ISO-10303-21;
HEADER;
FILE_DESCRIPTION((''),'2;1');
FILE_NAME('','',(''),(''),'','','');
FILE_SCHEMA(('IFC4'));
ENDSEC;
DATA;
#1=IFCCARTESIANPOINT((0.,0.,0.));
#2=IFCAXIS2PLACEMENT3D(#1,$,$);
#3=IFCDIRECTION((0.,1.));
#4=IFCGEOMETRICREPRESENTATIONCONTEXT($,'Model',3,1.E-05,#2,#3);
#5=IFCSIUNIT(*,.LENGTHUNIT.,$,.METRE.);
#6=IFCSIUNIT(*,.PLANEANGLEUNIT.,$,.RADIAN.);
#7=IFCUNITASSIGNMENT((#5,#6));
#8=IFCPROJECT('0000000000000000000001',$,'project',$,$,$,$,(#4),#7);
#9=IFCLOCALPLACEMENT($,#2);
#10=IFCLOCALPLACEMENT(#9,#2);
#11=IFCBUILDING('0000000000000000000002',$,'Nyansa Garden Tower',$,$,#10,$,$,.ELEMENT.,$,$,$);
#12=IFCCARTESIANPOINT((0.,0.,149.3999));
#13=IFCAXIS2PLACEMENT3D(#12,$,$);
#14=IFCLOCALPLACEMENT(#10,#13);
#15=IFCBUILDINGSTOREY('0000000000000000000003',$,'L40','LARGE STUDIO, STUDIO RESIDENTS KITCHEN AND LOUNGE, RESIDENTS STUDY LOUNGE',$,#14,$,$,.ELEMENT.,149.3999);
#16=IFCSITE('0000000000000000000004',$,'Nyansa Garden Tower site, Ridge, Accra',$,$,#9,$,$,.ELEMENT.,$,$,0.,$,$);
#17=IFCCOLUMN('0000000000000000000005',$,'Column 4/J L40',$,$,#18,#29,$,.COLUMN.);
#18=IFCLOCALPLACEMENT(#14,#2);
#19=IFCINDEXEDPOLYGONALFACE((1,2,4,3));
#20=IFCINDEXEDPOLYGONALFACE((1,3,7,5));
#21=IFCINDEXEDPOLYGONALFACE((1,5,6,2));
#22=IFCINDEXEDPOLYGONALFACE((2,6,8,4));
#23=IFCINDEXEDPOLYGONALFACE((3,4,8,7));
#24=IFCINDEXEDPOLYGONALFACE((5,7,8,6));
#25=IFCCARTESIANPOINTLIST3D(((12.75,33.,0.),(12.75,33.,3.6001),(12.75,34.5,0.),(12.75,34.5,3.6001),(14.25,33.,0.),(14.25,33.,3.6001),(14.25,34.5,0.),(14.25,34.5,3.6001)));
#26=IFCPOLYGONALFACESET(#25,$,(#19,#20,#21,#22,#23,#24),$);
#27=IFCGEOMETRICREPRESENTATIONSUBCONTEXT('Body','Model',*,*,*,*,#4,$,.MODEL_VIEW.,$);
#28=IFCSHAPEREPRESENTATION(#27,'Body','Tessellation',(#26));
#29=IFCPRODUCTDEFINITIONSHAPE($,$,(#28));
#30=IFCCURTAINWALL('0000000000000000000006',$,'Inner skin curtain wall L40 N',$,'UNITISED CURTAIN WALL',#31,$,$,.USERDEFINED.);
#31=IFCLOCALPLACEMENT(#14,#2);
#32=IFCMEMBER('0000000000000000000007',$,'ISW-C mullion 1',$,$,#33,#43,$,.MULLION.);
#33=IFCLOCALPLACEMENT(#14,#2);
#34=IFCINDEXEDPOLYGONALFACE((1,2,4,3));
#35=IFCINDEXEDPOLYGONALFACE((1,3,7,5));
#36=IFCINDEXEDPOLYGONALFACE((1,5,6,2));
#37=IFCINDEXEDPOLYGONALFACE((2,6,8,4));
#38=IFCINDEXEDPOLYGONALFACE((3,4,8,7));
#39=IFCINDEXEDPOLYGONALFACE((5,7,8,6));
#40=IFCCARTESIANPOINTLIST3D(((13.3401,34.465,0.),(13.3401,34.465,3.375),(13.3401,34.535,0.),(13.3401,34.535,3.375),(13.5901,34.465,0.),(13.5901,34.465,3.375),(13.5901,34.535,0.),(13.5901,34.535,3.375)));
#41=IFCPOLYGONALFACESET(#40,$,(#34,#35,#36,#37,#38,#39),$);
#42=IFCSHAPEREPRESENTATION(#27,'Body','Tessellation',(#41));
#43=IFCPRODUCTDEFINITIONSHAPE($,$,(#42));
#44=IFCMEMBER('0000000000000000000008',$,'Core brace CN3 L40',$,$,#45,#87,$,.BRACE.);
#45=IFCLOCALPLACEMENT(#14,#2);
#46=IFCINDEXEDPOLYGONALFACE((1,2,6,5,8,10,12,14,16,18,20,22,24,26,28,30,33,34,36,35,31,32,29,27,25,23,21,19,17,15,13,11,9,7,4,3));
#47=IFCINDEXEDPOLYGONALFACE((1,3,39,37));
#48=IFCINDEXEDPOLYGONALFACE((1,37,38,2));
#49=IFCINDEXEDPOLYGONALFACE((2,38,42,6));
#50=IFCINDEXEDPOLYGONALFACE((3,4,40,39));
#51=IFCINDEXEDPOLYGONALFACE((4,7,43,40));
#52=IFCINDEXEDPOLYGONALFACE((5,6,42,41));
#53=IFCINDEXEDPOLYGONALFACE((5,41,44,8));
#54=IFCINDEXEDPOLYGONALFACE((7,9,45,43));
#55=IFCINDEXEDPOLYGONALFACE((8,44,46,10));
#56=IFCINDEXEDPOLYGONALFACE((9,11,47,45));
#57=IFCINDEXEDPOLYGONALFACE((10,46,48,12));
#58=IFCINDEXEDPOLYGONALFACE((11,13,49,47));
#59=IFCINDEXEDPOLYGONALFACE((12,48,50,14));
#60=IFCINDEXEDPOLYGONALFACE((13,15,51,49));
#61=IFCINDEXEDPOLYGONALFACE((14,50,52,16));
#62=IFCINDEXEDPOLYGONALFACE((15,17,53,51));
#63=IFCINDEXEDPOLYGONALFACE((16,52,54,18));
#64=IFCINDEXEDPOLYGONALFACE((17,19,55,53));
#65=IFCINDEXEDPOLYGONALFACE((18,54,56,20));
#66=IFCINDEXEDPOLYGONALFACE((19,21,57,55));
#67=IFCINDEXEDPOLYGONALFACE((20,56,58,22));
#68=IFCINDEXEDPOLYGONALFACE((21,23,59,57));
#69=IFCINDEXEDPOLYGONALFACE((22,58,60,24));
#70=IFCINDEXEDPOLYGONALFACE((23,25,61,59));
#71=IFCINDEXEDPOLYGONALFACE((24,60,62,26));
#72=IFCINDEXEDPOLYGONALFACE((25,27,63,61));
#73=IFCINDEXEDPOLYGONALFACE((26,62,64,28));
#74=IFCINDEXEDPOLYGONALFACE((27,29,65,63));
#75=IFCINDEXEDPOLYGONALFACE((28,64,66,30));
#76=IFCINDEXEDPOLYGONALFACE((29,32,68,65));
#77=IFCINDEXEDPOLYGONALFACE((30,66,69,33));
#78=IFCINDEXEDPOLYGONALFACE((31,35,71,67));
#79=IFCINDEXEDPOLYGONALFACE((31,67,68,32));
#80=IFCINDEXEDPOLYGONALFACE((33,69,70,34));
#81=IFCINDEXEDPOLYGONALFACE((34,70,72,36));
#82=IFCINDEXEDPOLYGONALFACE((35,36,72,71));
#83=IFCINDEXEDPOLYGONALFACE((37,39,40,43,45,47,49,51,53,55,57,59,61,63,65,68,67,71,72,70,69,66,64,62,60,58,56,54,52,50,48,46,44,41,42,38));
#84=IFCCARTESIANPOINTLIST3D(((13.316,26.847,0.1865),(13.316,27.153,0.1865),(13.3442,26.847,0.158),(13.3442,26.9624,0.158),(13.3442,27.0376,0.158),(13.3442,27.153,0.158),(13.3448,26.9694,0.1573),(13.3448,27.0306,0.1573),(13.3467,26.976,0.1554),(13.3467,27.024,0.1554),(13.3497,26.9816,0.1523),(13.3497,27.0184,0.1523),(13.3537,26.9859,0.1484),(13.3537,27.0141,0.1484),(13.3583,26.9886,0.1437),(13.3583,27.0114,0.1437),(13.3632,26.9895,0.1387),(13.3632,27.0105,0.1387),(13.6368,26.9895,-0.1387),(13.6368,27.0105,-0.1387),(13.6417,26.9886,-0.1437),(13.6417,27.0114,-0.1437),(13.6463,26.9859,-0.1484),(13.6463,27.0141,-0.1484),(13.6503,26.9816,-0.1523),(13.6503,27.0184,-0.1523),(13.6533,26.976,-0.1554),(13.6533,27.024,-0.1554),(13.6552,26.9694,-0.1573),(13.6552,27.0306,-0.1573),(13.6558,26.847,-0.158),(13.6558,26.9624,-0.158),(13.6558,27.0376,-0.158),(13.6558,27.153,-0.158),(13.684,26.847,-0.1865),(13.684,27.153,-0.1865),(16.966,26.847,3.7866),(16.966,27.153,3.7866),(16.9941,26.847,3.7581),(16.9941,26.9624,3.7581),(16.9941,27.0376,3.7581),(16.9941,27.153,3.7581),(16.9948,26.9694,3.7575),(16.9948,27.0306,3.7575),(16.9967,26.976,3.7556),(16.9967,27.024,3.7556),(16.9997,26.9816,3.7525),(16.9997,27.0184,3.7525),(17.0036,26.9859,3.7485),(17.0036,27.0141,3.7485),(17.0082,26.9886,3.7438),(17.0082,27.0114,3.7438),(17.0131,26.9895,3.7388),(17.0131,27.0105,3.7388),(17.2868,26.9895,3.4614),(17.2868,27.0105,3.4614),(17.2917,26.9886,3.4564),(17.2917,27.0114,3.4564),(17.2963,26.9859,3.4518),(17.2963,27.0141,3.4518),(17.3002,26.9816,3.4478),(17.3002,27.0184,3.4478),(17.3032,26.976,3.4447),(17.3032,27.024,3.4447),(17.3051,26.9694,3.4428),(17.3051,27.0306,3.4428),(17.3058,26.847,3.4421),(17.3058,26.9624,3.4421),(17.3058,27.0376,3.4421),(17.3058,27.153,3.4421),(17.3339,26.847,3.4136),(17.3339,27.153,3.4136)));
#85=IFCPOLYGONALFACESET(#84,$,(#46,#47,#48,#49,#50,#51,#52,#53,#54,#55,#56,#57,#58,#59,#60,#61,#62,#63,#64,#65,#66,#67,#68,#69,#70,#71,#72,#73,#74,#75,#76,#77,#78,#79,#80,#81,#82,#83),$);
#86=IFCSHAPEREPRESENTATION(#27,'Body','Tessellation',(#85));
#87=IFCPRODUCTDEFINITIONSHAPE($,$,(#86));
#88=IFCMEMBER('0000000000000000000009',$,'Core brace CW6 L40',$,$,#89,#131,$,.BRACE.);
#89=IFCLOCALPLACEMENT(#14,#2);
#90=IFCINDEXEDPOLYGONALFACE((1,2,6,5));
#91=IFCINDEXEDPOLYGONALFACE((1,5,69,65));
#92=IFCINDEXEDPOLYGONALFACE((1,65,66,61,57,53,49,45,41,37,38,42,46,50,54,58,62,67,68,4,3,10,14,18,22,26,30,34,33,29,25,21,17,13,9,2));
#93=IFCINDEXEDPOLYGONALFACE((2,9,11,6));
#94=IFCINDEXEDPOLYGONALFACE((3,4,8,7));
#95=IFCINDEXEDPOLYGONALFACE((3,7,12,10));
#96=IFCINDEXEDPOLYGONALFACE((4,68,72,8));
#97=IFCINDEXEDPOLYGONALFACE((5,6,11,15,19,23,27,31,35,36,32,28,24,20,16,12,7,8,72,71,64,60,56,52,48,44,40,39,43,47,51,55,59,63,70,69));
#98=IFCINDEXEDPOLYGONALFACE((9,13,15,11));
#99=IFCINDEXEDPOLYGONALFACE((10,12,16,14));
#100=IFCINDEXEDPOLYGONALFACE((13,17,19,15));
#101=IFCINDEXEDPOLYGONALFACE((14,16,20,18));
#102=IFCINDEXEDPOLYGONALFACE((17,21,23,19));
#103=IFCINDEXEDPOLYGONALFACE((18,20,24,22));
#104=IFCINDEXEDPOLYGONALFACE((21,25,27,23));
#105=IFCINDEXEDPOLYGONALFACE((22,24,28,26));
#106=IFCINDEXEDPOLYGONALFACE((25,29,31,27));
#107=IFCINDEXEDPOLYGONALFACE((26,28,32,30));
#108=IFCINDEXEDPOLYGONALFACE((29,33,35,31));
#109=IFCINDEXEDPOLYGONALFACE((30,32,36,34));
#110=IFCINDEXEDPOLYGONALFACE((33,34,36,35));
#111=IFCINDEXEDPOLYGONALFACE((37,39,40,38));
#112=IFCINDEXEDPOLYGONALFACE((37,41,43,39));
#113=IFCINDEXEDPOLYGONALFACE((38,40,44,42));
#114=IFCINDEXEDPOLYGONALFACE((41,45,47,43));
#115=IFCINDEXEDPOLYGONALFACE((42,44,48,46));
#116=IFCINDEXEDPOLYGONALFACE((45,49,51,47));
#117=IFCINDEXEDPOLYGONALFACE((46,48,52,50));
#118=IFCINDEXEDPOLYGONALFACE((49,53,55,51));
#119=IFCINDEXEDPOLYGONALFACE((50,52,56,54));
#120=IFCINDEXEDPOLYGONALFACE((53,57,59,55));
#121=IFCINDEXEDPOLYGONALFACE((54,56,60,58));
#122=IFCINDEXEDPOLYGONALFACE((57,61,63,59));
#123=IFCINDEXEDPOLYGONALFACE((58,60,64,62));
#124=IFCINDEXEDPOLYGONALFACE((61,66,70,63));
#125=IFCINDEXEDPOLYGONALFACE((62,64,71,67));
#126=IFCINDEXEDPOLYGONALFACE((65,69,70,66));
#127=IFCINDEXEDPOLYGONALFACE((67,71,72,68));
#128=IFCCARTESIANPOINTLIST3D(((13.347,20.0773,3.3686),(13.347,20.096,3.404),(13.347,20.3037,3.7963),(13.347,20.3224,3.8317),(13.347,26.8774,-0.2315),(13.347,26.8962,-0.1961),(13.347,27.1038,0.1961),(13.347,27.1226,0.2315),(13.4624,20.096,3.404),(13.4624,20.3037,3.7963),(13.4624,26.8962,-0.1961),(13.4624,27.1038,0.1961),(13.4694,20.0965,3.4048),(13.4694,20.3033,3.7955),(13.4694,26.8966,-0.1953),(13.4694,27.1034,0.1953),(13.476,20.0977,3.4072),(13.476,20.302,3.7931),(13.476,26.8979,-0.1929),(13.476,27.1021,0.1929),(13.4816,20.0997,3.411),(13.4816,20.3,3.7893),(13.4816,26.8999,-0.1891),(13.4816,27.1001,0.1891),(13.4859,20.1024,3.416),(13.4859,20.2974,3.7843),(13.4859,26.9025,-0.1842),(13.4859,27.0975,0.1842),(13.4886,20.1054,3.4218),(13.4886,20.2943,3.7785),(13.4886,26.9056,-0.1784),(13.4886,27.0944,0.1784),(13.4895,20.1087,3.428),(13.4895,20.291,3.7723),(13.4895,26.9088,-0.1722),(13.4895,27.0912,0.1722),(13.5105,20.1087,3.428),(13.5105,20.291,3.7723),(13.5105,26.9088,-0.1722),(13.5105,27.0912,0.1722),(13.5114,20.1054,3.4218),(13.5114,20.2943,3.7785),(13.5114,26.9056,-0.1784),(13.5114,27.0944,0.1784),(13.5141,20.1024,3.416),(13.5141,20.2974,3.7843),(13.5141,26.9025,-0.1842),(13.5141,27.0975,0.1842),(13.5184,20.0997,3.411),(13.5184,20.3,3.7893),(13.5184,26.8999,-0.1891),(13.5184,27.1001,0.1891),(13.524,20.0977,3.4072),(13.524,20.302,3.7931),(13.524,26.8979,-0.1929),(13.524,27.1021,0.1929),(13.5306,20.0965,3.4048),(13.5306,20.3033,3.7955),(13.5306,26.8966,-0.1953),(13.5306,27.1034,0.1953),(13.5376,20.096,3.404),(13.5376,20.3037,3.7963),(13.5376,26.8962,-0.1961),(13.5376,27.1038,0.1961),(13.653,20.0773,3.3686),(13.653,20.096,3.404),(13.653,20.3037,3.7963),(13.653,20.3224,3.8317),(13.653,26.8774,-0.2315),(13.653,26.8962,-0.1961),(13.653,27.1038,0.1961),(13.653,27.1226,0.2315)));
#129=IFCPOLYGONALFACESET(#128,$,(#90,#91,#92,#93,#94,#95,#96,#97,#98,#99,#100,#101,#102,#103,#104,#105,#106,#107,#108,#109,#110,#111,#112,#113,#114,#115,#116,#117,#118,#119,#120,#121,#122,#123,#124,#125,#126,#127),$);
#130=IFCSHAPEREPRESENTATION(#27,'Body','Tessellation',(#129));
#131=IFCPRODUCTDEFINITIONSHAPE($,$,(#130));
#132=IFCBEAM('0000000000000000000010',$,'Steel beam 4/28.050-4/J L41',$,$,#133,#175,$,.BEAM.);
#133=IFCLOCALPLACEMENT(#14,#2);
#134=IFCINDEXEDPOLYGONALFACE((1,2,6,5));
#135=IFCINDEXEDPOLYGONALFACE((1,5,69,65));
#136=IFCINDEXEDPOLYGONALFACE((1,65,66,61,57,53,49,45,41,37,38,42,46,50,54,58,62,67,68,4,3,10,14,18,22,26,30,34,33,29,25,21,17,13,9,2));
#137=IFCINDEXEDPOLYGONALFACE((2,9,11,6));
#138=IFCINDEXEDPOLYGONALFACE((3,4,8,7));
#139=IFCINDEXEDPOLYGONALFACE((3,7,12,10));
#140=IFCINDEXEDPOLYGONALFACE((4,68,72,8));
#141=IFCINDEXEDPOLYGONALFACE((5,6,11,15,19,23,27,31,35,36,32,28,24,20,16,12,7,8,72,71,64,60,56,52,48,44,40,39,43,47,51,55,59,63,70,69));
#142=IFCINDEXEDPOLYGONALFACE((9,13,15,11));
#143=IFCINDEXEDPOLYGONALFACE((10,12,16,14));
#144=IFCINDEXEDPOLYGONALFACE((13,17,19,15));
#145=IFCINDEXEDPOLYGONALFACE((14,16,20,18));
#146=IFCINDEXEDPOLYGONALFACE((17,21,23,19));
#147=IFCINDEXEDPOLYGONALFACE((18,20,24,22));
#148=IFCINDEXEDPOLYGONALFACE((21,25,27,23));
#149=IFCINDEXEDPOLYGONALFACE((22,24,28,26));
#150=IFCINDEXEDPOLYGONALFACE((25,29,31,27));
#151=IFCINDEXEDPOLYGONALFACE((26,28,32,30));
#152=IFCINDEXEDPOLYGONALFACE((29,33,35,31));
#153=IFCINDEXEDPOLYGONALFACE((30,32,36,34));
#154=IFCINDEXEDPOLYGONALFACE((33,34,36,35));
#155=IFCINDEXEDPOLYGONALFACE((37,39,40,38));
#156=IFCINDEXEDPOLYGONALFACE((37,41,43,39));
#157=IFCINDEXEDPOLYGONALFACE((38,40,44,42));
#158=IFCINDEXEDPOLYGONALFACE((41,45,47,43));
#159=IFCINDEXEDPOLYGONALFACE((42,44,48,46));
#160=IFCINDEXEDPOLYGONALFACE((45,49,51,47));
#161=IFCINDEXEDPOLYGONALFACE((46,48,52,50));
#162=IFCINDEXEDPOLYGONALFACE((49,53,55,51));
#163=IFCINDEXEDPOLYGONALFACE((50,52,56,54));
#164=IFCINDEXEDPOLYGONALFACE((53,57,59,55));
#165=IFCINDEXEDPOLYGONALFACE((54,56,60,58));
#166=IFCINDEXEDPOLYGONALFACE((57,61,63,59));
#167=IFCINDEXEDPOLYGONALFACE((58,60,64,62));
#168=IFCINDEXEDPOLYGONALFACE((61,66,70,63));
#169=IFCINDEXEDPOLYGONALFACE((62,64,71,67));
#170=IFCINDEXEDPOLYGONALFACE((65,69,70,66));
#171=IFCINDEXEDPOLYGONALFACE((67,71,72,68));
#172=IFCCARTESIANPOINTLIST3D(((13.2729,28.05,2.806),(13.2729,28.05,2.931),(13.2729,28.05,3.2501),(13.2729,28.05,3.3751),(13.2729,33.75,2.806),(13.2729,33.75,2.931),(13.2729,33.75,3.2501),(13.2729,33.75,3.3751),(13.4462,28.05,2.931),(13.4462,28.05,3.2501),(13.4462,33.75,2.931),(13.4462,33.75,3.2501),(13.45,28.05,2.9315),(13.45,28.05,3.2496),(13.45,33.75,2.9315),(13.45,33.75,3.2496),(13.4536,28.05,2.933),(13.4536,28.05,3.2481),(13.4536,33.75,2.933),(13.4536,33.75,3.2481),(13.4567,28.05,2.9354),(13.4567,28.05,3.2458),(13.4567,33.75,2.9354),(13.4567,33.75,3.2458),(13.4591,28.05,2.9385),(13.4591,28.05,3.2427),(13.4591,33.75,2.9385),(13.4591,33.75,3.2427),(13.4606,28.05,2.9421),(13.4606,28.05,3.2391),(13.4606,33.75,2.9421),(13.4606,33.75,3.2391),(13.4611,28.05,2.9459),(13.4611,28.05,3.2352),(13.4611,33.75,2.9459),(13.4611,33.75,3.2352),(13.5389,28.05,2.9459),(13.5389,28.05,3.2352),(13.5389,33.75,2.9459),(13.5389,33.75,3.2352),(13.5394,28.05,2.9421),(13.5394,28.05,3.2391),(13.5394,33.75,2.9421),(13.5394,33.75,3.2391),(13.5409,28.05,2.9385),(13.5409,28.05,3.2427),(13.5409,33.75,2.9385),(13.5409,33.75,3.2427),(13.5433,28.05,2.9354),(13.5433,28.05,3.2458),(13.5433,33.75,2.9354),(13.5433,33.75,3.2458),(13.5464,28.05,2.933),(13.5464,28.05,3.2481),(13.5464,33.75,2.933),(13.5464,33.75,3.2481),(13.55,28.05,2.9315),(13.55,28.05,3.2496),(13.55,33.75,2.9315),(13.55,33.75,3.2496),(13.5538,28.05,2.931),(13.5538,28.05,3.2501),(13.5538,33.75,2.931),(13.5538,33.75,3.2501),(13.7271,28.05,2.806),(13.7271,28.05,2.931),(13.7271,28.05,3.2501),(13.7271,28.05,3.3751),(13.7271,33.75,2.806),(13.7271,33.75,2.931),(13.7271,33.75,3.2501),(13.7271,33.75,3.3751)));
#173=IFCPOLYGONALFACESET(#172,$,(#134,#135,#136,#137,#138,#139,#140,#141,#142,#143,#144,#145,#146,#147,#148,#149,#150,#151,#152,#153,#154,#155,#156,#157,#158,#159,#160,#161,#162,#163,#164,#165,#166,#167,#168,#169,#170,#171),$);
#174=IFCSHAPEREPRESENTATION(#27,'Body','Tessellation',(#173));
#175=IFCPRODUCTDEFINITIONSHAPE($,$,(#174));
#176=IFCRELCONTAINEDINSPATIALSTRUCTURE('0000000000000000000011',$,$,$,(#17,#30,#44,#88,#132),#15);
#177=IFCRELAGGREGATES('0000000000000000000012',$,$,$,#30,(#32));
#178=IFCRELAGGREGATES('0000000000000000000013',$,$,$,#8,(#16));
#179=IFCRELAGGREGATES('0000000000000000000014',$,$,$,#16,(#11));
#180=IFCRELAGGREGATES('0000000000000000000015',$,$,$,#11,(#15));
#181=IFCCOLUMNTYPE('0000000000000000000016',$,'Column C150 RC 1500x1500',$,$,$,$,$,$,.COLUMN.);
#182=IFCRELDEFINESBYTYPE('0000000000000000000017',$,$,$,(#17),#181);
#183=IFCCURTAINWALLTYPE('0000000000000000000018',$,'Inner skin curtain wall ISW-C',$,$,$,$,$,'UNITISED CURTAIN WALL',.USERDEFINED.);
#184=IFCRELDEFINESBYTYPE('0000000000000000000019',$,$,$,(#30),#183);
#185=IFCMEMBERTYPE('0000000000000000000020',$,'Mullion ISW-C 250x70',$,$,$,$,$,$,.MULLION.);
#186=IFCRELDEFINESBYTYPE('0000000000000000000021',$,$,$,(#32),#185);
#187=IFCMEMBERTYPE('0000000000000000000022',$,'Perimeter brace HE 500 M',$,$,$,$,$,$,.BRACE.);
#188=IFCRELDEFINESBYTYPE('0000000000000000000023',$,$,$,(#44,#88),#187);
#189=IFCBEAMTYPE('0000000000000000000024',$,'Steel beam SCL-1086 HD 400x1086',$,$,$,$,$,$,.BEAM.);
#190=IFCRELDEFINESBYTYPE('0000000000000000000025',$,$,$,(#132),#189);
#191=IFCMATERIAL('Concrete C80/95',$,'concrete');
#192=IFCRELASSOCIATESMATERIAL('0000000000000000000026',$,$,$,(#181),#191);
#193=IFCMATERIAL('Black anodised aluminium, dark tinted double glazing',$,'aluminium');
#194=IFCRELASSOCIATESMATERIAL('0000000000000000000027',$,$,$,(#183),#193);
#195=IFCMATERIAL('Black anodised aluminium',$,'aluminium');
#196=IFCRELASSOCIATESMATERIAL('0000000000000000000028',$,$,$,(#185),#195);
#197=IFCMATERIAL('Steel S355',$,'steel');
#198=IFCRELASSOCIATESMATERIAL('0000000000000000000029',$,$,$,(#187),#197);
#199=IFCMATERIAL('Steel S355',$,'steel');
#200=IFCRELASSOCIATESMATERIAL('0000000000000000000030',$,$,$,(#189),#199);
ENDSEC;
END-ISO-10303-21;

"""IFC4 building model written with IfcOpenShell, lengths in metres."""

from ifc_helpers import new_model, si_unit, direction, frame, origin, origin_2d, place, context, subcontext, project, spatial, rectangle, i_section, extrude, material, material_profile, profile_set, type_object, element, aggregate, save


model = new_model("IFC4")

# Units and contexts
model_context = context("Model", 3, precision=1e-05, world=origin(), true_north=direction((0.0, 1.0)))
body_context = subcontext(model_context, "Body", "Model", "MODEL_VIEW")
ifc_project = project(units=[si_unit("LENGTHUNIT", "METRE"), si_unit("PLANEANGLEUNIT", "RADIAN")], contexts=[model_context])

# Site, building, storey
site_placement = place(None, origin())
site = spatial("IfcSite", under=ifc_project, at=site_placement, Name="Nyansa Garden Tower site, Ridge, Accra", CompositionType="ELEMENT", RefElevation=0.0)
building_placement = place(site_placement, origin())
building = spatial("IfcBuilding", under=site, at=building_placement, Name="Nyansa Garden Tower", CompositionType="ELEMENT")
storey_placement = place(building_placement, frame((0.0, 0.0, 149.3999)))
storey = spatial("IfcBuildingStorey", under=building, at=storey_placement, Name="L40", Description="LARGE STUDIO, STUDIO RESIDENTS KITCHEN AND LOUNGE, RESIDENTS STUDY LOUNGE", CompositionType="ELEMENT", Elevation=149.3999)

# Column
ifc_material_1 = material(Name="Concrete C80/95", Category="concrete")
ifc_material_profile_1 = material_profile(ifc_material_1, rectangle(XDim=1.5, YDim=1.5, at=origin_2d()), Name="RC 1500x1500")
ifc_profile_set_1 = profile_set([ifc_material_profile_1], Name="Concrete C80/95")
column_type = type_object("IfcColumnType", Name="Column C150 RC 1500x1500", PredefinedType="COLUMN", material=ifc_profile_set_1)
column_placement = place(storey_placement, frame((13.5, 33.75, 0.0), z_axis=(0.0, 0.0, 1.0), x_axis=(1.0, 0.0, 0.0)))
element("IfcColumn", 1, at=column_placement, inside=storey, type_object=column_type, Name="Column 4/J L40", PredefinedType="COLUMN", context=body_context, shape_type="SweptSolid", body=[
    extrude(rectangle(XDim=1.5, YDim=1.5, at=origin_2d()), origin(), (0.0, 0.0, 1.0), 3.6001),
])

# Curtain wall, member
ifc_material_2 = material(Name="Black anodised aluminium, dark tinted double glazing", Category="aluminium")
curtain_wall_type = type_object("IfcCurtainWallType", Name="Inner skin curtain wall ISW-C", ElementType="UNITISED CURTAIN WALL", PredefinedType="USERDEFINED", material=ifc_material_2)
curtain_wall_placement = place(storey_placement, origin())
curtain_wall = element("IfcCurtainWall", 2, at=curtain_wall_placement, inside=storey, type_object=curtain_wall_type, Name="Inner skin curtain wall L40 N", ObjectType="UNITISED CURTAIN WALL", PredefinedType="USERDEFINED")
ifc_material_3 = material(Name="Black anodised aluminium", Category="aluminium")
ifc_material_profile_2 = material_profile(ifc_material_3, rectangle(XDim=0.0701, YDim=0.25, at=origin_2d()), Name="Mullion 250x70")
ifc_profile_set_2 = profile_set([ifc_material_profile_2], Name="Black anodised aluminium")
member_type_1 = type_object("IfcMemberType", Name="Mullion ISW-C 250x70", PredefinedType="MULLION", material=ifc_profile_set_2)
member_1_placement = place(storey_placement, frame((13.4651, 34.5, 0.0), z_axis=(0.0, 0.0, 1.0), x_axis=(0.0, -1.0, 0.0)))
member_1 = element("IfcMember", 3, at=member_1_placement, type_object=member_type_1, Name="ISW-C mullion 1", PredefinedType="MULLION", context=body_context, shape_type="SweptSolid", body=[
    extrude(rectangle(XDim=0.0701, YDim=0.25, at=origin_2d()), origin(), (0.0, 0.0, 1.0), 3.375),
])

# Members
ifc_material_4 = material(Name="Steel S355", Category="steel")
ifc_material_profile_3 = material_profile(ifc_material_4, i_section(OverallWidth=0.3059, OverallDepth=0.5239, WebThickness=0.021, FlangeThickness=0.04, FilletRadius=0.0271, at=origin_2d()), Name="HE 500 M")
ifc_profile_set_3 = profile_set([ifc_material_profile_3], Name="Steel S355")
member_type_2 = type_object("IfcMemberType", Name="Perimeter brace HE 500 M", PredefinedType="BRACE", material=ifc_profile_set_3)
member_2_placement = place(storey_placement, frame((13.5, 27.0, 0.0), z_axis=(0.711948, 0.0, 0.702233), x_axis=(0.0, 1.0, 0.0)))
element("IfcMember", 4, at=member_2_placement, inside=storey, type_object=member_type_2, Name="Core brace CN3 L40", PredefinedType="BRACE", context=body_context, shape_type="SweptSolid", body=[
    extrude(i_section(OverallWidth=0.3059, OverallDepth=0.5239, WebThickness=0.021, FlangeThickness=0.04, FilletRadius=0.0271, at=origin_2d()), origin(), (0.0, 0.0, 1.0), 5.1267),
])
member_3_placement = place(storey_placement, frame((13.5, 27.0, 0.0), z_axis=(0.0, -0.883784, 0.467895), x_axis=(1.0, 0.0, 0.0)))
element("IfcMember", 5, at=member_3_placement, inside=storey, type_object=member_type_2, Name="Core brace CW6 L40", PredefinedType="BRACE", context=body_context, shape_type="SweptSolid", body=[
    extrude(i_section(OverallWidth=0.3059, OverallDepth=0.5239, WebThickness=0.021, FlangeThickness=0.04, FilletRadius=0.0271, at=origin_2d()), origin(), (0.0, 0.0, 1.0), 7.6943),
])

# Beam
ifc_material_5 = material(Name="Steel S355", Category="steel")
ifc_material_profile_4 = material_profile(ifc_material_5, i_section(OverallWidth=0.4541, OverallDepth=0.5691, WebThickness=0.0779, FlangeThickness=0.125, FilletRadius=0.0149, at=origin_2d()), Name="HD 400x1086")
ifc_profile_set_4 = profile_set([ifc_material_profile_4], Name="Steel S355")
beam_type_1 = type_object("IfcBeamType", Name="Steel beam SCL-1086 HD 400x1086", PredefinedType="BEAM", material=ifc_profile_set_4)
beam_1_placement = place(storey_placement, frame((13.5, 28.05, 3.0906), z_axis=(0.0, 1.0, 0.0), x_axis=(-1.0, 0.0, 0.0)))
element("IfcBeam", 6, at=beam_1_placement, inside=storey, type_object=beam_type_1, Name="Steel beam 4/28.050-4/J L41", PredefinedType="BEAM", context=body_context, shape_type="SweptSolid", body=[
    extrude(i_section(OverallWidth=0.4541, OverallDepth=0.5691, WebThickness=0.0779, FlangeThickness=0.125, FilletRadius=0.0149, at=origin_2d()), origin(), (0.0, 0.0, 1.0), 5.7),
])

aggregate(curtain_wall, [member_1])

save(model, "model.ifc")
